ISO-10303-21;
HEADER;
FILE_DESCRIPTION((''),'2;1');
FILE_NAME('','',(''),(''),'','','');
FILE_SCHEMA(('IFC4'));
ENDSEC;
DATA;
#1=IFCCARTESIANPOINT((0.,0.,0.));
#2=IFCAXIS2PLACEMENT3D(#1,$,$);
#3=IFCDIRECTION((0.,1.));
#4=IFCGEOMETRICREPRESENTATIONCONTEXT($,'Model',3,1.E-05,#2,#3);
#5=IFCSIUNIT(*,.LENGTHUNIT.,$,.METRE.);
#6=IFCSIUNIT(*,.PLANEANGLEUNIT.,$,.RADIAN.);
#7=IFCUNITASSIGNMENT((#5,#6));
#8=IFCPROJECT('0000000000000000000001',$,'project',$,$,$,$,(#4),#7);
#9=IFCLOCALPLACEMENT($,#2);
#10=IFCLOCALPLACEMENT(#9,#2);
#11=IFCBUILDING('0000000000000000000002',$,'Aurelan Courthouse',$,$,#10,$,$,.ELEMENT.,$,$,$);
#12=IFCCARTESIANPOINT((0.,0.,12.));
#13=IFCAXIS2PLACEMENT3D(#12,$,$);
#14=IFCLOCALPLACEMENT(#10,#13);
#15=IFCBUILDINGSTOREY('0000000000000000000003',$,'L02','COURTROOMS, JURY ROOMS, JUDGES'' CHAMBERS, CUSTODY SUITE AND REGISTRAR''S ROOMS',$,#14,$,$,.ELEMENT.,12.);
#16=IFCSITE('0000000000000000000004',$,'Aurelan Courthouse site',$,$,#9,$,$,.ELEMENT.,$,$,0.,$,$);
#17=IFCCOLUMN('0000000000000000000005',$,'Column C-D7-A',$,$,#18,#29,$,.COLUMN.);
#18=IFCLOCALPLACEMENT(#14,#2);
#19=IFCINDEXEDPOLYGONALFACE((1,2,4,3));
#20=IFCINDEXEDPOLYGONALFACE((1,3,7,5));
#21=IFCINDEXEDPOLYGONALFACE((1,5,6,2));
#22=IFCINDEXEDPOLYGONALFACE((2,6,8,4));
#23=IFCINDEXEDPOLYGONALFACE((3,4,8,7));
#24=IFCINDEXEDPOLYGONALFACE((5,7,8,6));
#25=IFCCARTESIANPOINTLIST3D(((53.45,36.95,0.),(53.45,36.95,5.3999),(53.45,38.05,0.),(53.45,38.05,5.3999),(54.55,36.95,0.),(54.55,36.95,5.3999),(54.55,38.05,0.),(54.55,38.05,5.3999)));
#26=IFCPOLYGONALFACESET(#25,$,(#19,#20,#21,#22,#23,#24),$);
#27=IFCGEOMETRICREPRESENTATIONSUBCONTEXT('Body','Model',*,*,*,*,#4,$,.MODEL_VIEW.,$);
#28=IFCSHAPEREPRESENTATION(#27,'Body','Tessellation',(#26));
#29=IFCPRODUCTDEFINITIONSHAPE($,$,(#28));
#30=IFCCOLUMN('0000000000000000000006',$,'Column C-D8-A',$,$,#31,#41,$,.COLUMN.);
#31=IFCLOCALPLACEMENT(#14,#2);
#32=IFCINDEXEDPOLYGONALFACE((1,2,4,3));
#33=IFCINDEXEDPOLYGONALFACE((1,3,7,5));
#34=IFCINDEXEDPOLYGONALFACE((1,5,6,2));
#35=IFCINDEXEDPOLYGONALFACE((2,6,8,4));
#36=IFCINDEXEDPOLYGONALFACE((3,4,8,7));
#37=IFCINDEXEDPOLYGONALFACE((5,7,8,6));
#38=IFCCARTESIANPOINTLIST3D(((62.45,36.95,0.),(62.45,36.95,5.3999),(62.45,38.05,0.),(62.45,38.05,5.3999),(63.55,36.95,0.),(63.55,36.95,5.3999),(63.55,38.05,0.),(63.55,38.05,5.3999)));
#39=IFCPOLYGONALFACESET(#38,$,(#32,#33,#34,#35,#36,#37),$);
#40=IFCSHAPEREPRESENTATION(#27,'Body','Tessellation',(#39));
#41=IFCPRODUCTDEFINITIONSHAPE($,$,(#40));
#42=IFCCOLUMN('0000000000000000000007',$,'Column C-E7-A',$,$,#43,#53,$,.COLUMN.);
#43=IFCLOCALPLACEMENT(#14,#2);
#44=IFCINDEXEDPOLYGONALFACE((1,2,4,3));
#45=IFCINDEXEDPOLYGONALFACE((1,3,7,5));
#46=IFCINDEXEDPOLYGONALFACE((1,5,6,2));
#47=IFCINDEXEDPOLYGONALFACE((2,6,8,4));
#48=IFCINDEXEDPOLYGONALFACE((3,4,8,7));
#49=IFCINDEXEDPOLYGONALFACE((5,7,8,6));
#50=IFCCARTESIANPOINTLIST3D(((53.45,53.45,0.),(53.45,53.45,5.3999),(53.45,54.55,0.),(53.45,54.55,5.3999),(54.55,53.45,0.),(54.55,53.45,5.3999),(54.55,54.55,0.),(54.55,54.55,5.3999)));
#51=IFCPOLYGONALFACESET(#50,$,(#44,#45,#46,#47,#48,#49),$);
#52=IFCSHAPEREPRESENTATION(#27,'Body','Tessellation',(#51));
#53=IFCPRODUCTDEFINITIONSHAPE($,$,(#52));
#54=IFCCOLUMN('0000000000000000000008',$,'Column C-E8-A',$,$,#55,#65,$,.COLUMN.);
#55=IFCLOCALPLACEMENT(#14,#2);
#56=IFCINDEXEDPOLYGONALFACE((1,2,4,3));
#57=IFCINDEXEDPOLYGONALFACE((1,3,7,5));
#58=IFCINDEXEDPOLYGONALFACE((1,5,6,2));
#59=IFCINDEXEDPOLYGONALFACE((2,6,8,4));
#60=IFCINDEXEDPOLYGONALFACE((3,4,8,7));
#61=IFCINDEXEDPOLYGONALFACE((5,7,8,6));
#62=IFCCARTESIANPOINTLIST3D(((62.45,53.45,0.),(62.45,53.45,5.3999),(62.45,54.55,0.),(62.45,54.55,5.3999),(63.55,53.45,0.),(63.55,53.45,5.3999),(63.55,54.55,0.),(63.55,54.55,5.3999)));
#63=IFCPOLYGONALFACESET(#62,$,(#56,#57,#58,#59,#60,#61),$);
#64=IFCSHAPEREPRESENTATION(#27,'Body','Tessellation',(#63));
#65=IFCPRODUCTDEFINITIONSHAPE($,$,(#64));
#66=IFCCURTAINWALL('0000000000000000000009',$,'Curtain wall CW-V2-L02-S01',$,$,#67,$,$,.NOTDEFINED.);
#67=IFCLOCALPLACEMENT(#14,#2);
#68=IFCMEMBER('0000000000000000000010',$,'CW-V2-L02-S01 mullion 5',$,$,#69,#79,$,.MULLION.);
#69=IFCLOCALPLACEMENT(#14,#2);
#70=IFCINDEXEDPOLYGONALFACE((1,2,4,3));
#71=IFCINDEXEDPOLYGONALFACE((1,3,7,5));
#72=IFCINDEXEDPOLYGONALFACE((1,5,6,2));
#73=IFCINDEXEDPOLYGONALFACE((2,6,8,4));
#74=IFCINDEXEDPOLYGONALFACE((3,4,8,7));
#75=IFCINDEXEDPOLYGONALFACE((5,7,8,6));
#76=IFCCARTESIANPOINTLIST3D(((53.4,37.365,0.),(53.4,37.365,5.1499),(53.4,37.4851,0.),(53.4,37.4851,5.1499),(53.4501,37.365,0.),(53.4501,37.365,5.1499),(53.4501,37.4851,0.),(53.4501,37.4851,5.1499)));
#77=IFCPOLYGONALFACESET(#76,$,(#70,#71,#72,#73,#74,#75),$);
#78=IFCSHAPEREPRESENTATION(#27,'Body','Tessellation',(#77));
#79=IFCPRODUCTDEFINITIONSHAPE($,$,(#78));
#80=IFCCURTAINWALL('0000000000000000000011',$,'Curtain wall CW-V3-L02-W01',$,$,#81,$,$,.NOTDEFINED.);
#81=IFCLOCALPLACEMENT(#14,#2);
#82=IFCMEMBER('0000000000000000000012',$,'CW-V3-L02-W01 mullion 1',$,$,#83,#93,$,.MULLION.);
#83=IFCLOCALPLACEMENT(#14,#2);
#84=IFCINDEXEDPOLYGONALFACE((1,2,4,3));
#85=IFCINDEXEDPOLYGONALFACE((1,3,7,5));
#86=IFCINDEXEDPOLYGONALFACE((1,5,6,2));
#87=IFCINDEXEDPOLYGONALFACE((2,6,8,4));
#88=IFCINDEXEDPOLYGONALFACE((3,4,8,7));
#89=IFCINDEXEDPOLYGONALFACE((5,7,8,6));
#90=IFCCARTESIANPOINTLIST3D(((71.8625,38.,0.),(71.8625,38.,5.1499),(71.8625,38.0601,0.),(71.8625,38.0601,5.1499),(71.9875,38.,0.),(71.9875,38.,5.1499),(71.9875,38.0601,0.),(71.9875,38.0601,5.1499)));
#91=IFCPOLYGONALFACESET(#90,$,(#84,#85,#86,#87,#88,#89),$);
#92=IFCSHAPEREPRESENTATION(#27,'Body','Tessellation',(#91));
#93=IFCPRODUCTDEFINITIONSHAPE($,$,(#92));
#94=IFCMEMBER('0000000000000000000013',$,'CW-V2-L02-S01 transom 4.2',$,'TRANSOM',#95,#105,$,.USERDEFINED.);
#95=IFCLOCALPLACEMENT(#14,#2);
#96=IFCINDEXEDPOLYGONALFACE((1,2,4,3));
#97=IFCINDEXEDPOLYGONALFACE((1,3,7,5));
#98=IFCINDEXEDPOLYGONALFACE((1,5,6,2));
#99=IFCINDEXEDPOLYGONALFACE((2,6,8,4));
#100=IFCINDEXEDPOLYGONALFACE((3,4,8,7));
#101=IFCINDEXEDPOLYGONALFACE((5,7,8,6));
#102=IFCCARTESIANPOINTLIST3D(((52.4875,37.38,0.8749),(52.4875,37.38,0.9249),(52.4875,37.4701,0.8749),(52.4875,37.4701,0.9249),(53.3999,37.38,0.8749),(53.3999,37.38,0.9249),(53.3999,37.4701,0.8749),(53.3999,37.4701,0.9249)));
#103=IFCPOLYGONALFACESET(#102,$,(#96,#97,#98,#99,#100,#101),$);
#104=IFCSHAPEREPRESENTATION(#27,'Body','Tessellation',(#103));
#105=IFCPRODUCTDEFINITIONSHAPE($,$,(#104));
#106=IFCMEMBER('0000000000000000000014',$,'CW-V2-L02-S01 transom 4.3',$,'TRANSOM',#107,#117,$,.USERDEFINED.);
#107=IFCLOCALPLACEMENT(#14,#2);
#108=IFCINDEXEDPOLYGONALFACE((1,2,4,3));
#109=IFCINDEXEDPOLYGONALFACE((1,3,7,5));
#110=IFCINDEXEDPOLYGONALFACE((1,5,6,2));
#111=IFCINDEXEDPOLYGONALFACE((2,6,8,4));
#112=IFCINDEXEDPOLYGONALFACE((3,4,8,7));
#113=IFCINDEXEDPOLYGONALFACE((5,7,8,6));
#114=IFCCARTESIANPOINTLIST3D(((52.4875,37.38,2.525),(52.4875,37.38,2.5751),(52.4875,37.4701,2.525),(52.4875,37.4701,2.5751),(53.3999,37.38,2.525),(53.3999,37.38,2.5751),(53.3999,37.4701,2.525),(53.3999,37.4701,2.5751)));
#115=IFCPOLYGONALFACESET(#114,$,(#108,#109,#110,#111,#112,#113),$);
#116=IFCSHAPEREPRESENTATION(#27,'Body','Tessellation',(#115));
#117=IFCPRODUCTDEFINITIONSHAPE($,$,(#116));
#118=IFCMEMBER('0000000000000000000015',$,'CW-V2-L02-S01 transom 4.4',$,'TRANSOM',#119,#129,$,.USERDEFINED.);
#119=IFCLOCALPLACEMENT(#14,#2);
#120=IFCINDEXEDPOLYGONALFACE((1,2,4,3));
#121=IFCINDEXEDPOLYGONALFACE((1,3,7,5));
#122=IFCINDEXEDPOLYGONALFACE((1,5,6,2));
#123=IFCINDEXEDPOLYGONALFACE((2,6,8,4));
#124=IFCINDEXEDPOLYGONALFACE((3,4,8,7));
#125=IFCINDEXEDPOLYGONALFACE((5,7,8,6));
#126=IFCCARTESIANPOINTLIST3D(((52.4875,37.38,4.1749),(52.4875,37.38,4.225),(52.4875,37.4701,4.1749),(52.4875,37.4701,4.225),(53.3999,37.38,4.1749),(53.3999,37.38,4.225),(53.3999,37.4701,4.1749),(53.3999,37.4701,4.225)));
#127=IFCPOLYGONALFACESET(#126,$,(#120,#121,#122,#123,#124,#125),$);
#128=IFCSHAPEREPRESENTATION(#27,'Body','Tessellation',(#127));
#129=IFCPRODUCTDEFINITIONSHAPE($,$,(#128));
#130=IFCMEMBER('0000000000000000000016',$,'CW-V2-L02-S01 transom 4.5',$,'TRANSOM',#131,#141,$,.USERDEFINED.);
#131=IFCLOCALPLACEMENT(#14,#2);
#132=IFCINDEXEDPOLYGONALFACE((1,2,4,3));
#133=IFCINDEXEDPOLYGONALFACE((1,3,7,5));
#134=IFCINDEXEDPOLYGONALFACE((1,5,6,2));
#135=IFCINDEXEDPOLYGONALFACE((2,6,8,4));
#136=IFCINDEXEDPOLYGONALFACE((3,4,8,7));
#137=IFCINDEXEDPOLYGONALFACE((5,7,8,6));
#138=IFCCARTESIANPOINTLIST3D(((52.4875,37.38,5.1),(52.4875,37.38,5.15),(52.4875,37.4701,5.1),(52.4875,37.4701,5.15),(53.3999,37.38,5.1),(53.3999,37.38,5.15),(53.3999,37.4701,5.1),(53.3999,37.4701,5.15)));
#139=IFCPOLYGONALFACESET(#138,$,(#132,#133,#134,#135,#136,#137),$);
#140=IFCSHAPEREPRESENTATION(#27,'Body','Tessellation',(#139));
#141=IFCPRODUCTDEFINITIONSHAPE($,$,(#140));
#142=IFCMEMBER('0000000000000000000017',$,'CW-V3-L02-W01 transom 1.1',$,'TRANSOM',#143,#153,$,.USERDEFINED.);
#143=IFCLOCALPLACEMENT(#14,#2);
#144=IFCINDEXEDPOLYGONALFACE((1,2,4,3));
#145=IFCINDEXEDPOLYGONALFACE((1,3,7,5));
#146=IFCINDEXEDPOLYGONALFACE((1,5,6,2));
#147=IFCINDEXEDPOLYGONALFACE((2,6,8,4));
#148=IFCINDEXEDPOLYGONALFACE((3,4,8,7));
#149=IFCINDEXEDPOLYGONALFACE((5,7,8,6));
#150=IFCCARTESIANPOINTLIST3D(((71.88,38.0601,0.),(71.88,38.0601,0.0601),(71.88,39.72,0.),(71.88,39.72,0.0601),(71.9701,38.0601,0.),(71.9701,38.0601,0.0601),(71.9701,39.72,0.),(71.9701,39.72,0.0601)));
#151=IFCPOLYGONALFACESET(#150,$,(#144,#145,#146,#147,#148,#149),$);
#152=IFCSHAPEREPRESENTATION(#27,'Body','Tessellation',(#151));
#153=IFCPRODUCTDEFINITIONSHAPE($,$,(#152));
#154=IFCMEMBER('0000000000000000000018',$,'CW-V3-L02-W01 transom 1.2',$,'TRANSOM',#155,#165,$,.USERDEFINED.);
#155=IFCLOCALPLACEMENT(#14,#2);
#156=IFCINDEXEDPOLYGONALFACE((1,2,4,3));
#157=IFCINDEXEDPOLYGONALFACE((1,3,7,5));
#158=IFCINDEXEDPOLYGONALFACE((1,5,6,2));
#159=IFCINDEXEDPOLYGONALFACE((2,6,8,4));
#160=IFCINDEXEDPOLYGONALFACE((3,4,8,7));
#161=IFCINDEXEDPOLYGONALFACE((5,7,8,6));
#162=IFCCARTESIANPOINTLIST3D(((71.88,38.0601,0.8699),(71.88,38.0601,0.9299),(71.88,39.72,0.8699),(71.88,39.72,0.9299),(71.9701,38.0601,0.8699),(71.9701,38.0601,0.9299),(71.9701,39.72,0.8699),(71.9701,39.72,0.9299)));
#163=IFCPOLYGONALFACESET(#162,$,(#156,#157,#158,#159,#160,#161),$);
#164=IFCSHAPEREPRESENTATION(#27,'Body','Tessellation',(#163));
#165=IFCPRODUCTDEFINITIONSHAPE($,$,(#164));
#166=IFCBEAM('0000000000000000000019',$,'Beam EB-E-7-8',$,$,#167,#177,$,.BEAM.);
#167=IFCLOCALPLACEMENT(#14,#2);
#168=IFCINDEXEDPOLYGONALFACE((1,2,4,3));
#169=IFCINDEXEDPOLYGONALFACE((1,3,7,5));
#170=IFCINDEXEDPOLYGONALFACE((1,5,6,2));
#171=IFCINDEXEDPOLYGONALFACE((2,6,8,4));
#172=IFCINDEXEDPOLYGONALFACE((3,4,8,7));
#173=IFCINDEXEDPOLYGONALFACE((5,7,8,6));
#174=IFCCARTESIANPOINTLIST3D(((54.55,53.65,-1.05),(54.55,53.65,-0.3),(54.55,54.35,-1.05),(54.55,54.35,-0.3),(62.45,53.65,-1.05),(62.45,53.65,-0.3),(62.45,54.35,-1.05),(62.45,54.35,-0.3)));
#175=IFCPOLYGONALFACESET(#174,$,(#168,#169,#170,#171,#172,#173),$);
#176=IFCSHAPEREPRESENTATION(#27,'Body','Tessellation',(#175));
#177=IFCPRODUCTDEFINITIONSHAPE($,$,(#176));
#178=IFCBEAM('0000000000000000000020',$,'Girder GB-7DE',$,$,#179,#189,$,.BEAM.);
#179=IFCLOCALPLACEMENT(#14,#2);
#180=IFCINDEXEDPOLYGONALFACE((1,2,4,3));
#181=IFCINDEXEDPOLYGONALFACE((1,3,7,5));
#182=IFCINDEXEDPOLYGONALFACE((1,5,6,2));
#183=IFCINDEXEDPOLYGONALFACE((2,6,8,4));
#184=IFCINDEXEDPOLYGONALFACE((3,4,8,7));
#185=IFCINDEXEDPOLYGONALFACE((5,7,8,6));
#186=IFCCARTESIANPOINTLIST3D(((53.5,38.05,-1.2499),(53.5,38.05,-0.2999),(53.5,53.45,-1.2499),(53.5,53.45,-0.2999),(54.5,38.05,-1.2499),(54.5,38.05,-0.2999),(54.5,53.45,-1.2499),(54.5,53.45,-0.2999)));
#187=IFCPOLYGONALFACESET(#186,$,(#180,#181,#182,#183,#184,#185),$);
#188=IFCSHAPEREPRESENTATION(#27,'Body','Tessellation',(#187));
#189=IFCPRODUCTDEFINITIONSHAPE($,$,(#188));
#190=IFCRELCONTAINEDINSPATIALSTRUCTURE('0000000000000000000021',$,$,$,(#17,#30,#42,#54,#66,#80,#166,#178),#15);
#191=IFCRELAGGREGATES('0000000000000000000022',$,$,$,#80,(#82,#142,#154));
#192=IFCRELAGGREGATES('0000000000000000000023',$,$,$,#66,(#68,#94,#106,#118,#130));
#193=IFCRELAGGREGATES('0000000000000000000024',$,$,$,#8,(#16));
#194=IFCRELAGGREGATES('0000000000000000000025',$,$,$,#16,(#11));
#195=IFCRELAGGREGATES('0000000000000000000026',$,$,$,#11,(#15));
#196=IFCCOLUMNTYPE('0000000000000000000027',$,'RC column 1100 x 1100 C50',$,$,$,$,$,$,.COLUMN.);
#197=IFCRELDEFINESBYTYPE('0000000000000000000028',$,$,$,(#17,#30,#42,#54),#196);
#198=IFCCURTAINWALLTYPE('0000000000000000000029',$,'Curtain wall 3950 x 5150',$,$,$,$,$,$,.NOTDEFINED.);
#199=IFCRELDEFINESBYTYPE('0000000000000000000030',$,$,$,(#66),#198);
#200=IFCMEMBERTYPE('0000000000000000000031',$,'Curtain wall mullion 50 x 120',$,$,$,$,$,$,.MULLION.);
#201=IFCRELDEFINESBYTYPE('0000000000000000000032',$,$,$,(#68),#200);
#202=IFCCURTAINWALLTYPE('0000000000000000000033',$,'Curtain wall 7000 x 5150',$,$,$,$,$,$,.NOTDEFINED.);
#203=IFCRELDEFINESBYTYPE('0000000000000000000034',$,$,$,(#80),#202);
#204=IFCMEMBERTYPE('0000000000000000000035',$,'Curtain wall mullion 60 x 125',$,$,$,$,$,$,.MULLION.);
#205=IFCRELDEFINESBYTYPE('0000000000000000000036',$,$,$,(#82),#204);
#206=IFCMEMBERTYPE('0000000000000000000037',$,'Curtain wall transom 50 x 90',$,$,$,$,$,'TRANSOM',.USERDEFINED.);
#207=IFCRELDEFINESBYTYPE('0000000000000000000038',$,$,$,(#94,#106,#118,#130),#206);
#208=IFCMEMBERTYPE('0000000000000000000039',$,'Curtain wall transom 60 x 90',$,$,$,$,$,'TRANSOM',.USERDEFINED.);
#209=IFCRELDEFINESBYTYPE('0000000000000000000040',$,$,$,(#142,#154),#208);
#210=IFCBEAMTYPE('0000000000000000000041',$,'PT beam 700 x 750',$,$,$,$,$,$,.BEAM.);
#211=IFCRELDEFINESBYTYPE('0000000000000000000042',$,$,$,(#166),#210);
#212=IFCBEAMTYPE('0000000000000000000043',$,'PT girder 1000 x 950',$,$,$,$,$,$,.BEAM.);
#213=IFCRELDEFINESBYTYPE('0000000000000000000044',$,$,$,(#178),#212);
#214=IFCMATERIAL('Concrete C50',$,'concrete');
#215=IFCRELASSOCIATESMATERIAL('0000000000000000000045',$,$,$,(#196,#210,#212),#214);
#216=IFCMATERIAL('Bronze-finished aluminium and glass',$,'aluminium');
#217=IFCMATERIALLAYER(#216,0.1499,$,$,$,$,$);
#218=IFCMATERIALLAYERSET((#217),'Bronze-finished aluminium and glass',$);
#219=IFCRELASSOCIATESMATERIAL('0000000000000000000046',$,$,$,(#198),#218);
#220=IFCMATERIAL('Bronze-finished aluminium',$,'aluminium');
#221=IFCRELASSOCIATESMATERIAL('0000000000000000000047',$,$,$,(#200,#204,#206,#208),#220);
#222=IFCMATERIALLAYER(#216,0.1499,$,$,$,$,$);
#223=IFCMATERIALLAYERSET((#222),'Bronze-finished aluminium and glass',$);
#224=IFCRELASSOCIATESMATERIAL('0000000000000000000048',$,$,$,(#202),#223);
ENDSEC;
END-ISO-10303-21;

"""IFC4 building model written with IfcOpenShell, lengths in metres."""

from ifc_helpers import new_model, si_unit, direction, frame, origin, origin_2d, place, context, subcontext, project, spatial, rectangle, extrude, material, layer, layer_set, material_profile, profile_set, type_object, element, aggregate, save


model = new_model("IFC4")

# Units and contexts
model_context = context("Model", 3, precision=1e-05, world=origin(), true_north=direction((0.0, 1.0)))
body_context = subcontext(model_context, "Body", "Model", "MODEL_VIEW")
ifc_project = project(units=[si_unit("LENGTHUNIT", "METRE"), si_unit("PLANEANGLEUNIT", "RADIAN")], contexts=[model_context])

# Site, building, storey
site_placement = place(None, origin())
site = spatial("IfcSite", under=ifc_project, at=site_placement, Name="Aurelan Courthouse site", CompositionType="ELEMENT", RefElevation=0.0)
building_placement = place(site_placement, origin())
building = spatial("IfcBuilding", under=site, at=building_placement, Name="Aurelan Courthouse", CompositionType="ELEMENT")
storey_placement = place(building_placement, frame((0.0, 0.0, 12.0)))
storey = spatial("IfcBuildingStorey", under=building, at=storey_placement, Name="L02", Description="COURTROOMS, JURY ROOMS, JUDGES' CHAMBERS, CUSTODY SUITE AND REGISTRAR'S ROOMS", CompositionType="ELEMENT", Elevation=12.0)

# Columns
ifc_material_1 = material(Name="Concrete C50", Category="concrete")
ifc_material_profile_1 = material_profile(ifc_material_1, rectangle(XDim=1.1001, YDim=1.1001, at=origin_2d()), Name="RC 1100 x 1100")
ifc_profile_set_1 = profile_set([ifc_material_profile_1], Name="Concrete C50")
column_type = type_object("IfcColumnType", Name="RC column 1100 x 1100 C50", PredefinedType="COLUMN", material=ifc_profile_set_1)
for number, where, z_axis, x_axis, name in (
    (1, (54.0, 37.5, 0.0), (0.0, 0.0, 1.0), (1.0, 0.0, 0.0), "Column C-D7-A"),
    (2, (63.0, 37.5, 0.0), (0.0, 0.0, 1.0), (1.0, 0.0, 0.0), "Column C-D8-A"),
    (3, (54.0, 54.0, 0.0), (0.0, 0.0, 1.0), (1.0, 0.0, 0.0), "Column C-E7-A"),
    (4, (63.0, 54.0, 0.0), (0.0, 0.0, 1.0), (1.0, 0.0, 0.0), "Column C-E8-A"),
):
    element("IfcColumn", number, at=place(storey_placement, frame(where, z_axis=z_axis, x_axis=x_axis)), inside=storey, type_object=column_type, Name=name, PredefinedType="COLUMN", context=body_context, shape_type="SweptSolid", body=[
        extrude(rectangle(XDim=1.1001, YDim=1.1001, at=origin_2d()), origin(), (0.0, 0.0, 1.0), 5.3999),
    ])

# Curtain walls, members
ifc_material_2 = material(Name="Bronze-finished aluminium and glass", Category="aluminium")
ifc_layer_1 = layer(ifc_material_2, 0.1499)
ifc_layer_set_1 = layer_set([ifc_layer_1], Name="Bronze-finished aluminium and glass")
curtain_wall_type_1 = type_object("IfcCurtainWallType", Name="Curtain wall 3950 x 5150", PredefinedType="NOTDEFINED", material=ifc_layer_set_1)
curtain_wall_1_placement = place(storey_placement, origin())
curtain_wall_1 = element("IfcCurtainWall", 5, at=curtain_wall_1_placement, inside=storey, type_object=curtain_wall_type_1, Name="Curtain wall CW-V2-L02-S01", PredefinedType="NOTDEFINED")
ifc_material_3 = material(Name="Bronze-finished aluminium", Category="aluminium")
ifc_material_profile_2 = material_profile(ifc_material_3, rectangle(XDim=0.1201, YDim=0.05, at=origin_2d()), Name="Bronze mullion 50 x 120")
ifc_profile_set_2 = profile_set([ifc_material_profile_2], Name="Bronze-finished aluminium")
member_type_1 = type_object("IfcMemberType", Name="Curtain wall mullion 50 x 120", PredefinedType="MULLION", material=ifc_profile_set_2)
member_1_placement = place(storey_placement, frame((53.425, 37.425, 0.0), z_axis=(0.0, 0.0, 1.0), x_axis=(0.0, 1.0, 0.0)))
member_1 = element("IfcMember", 6, at=member_1_placement, type_object=member_type_1, Name="CW-V2-L02-S01 mullion 5", PredefinedType="MULLION", context=body_context, shape_type="SweptSolid", body=[
    extrude(rectangle(XDim=0.1201, YDim=0.05, at=origin_2d()), origin(), (0.0, 0.0, 1.0), 5.1499),
])
ifc_layer_2 = layer(ifc_material_2, 0.1499)
ifc_layer_set_2 = layer_set([ifc_layer_2], Name="Bronze-finished aluminium and glass")
curtain_wall_type_2 = type_object("IfcCurtainWallType", Name="Curtain wall 7000 x 5150", PredefinedType="NOTDEFINED", material=ifc_layer_set_2)
curtain_wall_2_placement = place(storey_placement, origin())
curtain_wall_2 = element("IfcCurtainWall", 7, at=curtain_wall_2_placement, inside=storey, type_object=curtain_wall_type_2, Name="Curtain wall CW-V3-L02-W01", PredefinedType="NOTDEFINED")
ifc_material_profile_3 = material_profile(ifc_material_3, rectangle(XDim=0.125, YDim=0.0601, at=origin_2d()), Name="Bronze mullion 60 x 125")
ifc_profile_set_3 = profile_set([ifc_material_profile_3], Name="Bronze-finished aluminium")
member_type_2 = type_object("IfcMemberType", Name="Curtain wall mullion 60 x 125", PredefinedType="MULLION", material=ifc_profile_set_3)
member_2_placement = place(storey_placement, frame((71.925, 38.03, 0.0), z_axis=(0.0, 0.0, 1.0), x_axis=(-1.0, 0.0, 0.0)))
member_2 = element("IfcMember", 8, at=member_2_placement, type_object=member_type_2, Name="CW-V3-L02-W01 mullion 1", PredefinedType="MULLION", context=body_context, shape_type="SweptSolid", body=[
    extrude(rectangle(XDim=0.125, YDim=0.0601, at=origin_2d()), origin(), (0.0, 0.0, 1.0), 5.1499),
])

# Members
ifc_material_profile_4 = material_profile(ifc_material_3, rectangle(XDim=0.0901, YDim=0.05, at=origin_2d()), Name="Bronze transom 50 x 90")
ifc_profile_set_4 = profile_set([ifc_material_profile_4], Name="Bronze-finished aluminium")
member_type_3 = type_object("IfcMemberType", Name="Curtain wall transom 50 x 90", ElementType="TRANSOM", PredefinedType="USERDEFINED", material=ifc_profile_set_4)
member_3_placement = place(storey_placement, frame((52.4875, 37.425, 0.8999), z_axis=(1.0, 0.0, 0.0), x_axis=(0.0, 1.0, 0.0)))
member_3 = element("IfcMember", 9, at=member_3_placement, type_object=member_type_3, Name="CW-V2-L02-S01 transom 4.2", ObjectType="TRANSOM", PredefinedType="USERDEFINED", context=body_context, shape_type="SweptSolid", body=[
    extrude(rectangle(XDim=0.0901, YDim=0.05, at=origin_2d()), origin(), (0.0, 0.0, 1.0), 0.9124),
])
member_4_placement = place(storey_placement, frame((52.4875, 37.425, 2.55), z_axis=(1.0, 0.0, 0.0), x_axis=(0.0, 1.0, 0.0)))
member_4 = element("IfcMember", 10, at=member_4_placement, type_object=member_type_3, Name="CW-V2-L02-S01 transom 4.3", ObjectType="TRANSOM", PredefinedType="USERDEFINED", context=body_context, shape_type="SweptSolid", body=[
    extrude(rectangle(XDim=0.0901, YDim=0.05, at=origin_2d()), origin(), (0.0, 0.0, 1.0), 0.9124),
])
member_5_placement = place(storey_placement, frame((52.4875, 37.425, 4.2), z_axis=(1.0, 0.0, 0.0), x_axis=(0.0, 1.0, 0.0)))
member_5 = element("IfcMember", 11, at=member_5_placement, type_object=member_type_3, Name="CW-V2-L02-S01 transom 4.4", ObjectType="TRANSOM", PredefinedType="USERDEFINED", context=body_context, shape_type="SweptSolid", body=[
    extrude(rectangle(XDim=0.0901, YDim=0.05, at=origin_2d()), origin(), (0.0, 0.0, 1.0), 0.9124),
])
member_6_placement = place(storey_placement, frame((52.4875, 37.425, 5.125), z_axis=(1.0, 0.0, 0.0), x_axis=(0.0, 1.0, 0.0)))
member_6 = element("IfcMember", 12, at=member_6_placement, type_object=member_type_3, Name="CW-V2-L02-S01 transom 4.5", ObjectType="TRANSOM", PredefinedType="USERDEFINED", context=body_context, shape_type="SweptSolid", body=[
    extrude(rectangle(XDim=0.0901, YDim=0.05, at=origin_2d()), origin(), (0.0, 0.0, 1.0), 0.9124),
])
ifc_material_profile_5 = material_profile(ifc_material_3, rectangle(XDim=0.0901, YDim=0.0601, at=origin_2d()), Name="Bronze transom 60 x 90")
ifc_profile_set_5 = profile_set([ifc_material_profile_5], Name="Bronze-finished aluminium")
member_type_4 = type_object("IfcMemberType", Name="Curtain wall transom 60 x 90", ElementType="TRANSOM", PredefinedType="USERDEFINED", material=ifc_profile_set_5)
member_7_placement = place(storey_placement, frame((71.925, 38.0601, 0.03), z_axis=(0.0, 1.0, 0.0), x_axis=(-1.0, 0.0, 0.0)))
member_7 = element("IfcMember", 13, at=member_7_placement, type_object=member_type_4, Name="CW-V3-L02-W01 transom 1.1", ObjectType="TRANSOM", PredefinedType="USERDEFINED", context=body_context, shape_type="SweptSolid", body=[
    extrude(rectangle(XDim=0.0901, YDim=0.0601, at=origin_2d()), origin(), (0.0, 0.0, 1.0), 1.6599),
])
member_8_placement = place(storey_placement, frame((71.925, 38.0601, 0.8999), z_axis=(0.0, 1.0, 0.0), x_axis=(-1.0, 0.0, 0.0)))
member_8 = element("IfcMember", 14, at=member_8_placement, type_object=member_type_4, Name="CW-V3-L02-W01 transom 1.2", ObjectType="TRANSOM", PredefinedType="USERDEFINED", context=body_context, shape_type="SweptSolid", body=[
    extrude(rectangle(XDim=0.0901, YDim=0.0601, at=origin_2d()), origin(), (0.0, 0.0, 1.0), 1.6599),
])
aggregate(curtain_wall_2, [member_2, member_7, member_8])

# Beams
ifc_material_profile_6 = material_profile(ifc_material_1, rectangle(XDim=0.7, YDim=0.75, at=origin_2d()), Name="RC 700 x 750")
ifc_profile_set_6 = profile_set([ifc_material_profile_6], Name="Concrete C50")
beam_type_1 = type_object("IfcBeamType", Name="PT beam 700 x 750", PredefinedType="BEAM", material=ifc_profile_set_6)
beam_1_placement = place(storey_placement, frame((54.55, 54.0, -0.675), z_axis=(1.0, 0.0, 0.0), x_axis=(0.0, 1.0, 0.0)))
element("IfcBeam", 15, at=beam_1_placement, inside=storey, type_object=beam_type_1, Name="Beam EB-E-7-8", PredefinedType="BEAM", context=body_context, shape_type="SweptSolid", body=[
    extrude(rectangle(XDim=0.7, YDim=0.75, at=origin_2d()), origin(), (0.0, 0.0, 1.0), 7.8999),
])
ifc_material_profile_7 = material_profile(ifc_material_1, rectangle(XDim=1.0, YDim=0.95, at=origin_2d()), Name="RC 1000 x 950")
ifc_profile_set_7 = profile_set([ifc_material_profile_7], Name="Concrete C50")
beam_type_2 = type_object("IfcBeamType", Name="PT girder 1000 x 950", PredefinedType="BEAM", material=ifc_profile_set_7)
beam_2_placement = place(storey_placement, frame((54.0, 38.05, -0.7749), z_axis=(0.0, 1.0, 0.0), x_axis=(-1.0, 0.0, 0.0)))
element("IfcBeam", 16, at=beam_2_placement, inside=storey, type_object=beam_type_2, Name="Girder GB-7DE", PredefinedType="BEAM", context=body_context, shape_type="SweptSolid", body=[
    extrude(rectangle(XDim=1.0, YDim=0.95, at=origin_2d()), origin(), (0.0, 0.0, 1.0), 15.3999),
])

aggregate(curtain_wall_1, [member_1, member_3, member_4, member_5, member_6])

save(model, "model.ifc")
